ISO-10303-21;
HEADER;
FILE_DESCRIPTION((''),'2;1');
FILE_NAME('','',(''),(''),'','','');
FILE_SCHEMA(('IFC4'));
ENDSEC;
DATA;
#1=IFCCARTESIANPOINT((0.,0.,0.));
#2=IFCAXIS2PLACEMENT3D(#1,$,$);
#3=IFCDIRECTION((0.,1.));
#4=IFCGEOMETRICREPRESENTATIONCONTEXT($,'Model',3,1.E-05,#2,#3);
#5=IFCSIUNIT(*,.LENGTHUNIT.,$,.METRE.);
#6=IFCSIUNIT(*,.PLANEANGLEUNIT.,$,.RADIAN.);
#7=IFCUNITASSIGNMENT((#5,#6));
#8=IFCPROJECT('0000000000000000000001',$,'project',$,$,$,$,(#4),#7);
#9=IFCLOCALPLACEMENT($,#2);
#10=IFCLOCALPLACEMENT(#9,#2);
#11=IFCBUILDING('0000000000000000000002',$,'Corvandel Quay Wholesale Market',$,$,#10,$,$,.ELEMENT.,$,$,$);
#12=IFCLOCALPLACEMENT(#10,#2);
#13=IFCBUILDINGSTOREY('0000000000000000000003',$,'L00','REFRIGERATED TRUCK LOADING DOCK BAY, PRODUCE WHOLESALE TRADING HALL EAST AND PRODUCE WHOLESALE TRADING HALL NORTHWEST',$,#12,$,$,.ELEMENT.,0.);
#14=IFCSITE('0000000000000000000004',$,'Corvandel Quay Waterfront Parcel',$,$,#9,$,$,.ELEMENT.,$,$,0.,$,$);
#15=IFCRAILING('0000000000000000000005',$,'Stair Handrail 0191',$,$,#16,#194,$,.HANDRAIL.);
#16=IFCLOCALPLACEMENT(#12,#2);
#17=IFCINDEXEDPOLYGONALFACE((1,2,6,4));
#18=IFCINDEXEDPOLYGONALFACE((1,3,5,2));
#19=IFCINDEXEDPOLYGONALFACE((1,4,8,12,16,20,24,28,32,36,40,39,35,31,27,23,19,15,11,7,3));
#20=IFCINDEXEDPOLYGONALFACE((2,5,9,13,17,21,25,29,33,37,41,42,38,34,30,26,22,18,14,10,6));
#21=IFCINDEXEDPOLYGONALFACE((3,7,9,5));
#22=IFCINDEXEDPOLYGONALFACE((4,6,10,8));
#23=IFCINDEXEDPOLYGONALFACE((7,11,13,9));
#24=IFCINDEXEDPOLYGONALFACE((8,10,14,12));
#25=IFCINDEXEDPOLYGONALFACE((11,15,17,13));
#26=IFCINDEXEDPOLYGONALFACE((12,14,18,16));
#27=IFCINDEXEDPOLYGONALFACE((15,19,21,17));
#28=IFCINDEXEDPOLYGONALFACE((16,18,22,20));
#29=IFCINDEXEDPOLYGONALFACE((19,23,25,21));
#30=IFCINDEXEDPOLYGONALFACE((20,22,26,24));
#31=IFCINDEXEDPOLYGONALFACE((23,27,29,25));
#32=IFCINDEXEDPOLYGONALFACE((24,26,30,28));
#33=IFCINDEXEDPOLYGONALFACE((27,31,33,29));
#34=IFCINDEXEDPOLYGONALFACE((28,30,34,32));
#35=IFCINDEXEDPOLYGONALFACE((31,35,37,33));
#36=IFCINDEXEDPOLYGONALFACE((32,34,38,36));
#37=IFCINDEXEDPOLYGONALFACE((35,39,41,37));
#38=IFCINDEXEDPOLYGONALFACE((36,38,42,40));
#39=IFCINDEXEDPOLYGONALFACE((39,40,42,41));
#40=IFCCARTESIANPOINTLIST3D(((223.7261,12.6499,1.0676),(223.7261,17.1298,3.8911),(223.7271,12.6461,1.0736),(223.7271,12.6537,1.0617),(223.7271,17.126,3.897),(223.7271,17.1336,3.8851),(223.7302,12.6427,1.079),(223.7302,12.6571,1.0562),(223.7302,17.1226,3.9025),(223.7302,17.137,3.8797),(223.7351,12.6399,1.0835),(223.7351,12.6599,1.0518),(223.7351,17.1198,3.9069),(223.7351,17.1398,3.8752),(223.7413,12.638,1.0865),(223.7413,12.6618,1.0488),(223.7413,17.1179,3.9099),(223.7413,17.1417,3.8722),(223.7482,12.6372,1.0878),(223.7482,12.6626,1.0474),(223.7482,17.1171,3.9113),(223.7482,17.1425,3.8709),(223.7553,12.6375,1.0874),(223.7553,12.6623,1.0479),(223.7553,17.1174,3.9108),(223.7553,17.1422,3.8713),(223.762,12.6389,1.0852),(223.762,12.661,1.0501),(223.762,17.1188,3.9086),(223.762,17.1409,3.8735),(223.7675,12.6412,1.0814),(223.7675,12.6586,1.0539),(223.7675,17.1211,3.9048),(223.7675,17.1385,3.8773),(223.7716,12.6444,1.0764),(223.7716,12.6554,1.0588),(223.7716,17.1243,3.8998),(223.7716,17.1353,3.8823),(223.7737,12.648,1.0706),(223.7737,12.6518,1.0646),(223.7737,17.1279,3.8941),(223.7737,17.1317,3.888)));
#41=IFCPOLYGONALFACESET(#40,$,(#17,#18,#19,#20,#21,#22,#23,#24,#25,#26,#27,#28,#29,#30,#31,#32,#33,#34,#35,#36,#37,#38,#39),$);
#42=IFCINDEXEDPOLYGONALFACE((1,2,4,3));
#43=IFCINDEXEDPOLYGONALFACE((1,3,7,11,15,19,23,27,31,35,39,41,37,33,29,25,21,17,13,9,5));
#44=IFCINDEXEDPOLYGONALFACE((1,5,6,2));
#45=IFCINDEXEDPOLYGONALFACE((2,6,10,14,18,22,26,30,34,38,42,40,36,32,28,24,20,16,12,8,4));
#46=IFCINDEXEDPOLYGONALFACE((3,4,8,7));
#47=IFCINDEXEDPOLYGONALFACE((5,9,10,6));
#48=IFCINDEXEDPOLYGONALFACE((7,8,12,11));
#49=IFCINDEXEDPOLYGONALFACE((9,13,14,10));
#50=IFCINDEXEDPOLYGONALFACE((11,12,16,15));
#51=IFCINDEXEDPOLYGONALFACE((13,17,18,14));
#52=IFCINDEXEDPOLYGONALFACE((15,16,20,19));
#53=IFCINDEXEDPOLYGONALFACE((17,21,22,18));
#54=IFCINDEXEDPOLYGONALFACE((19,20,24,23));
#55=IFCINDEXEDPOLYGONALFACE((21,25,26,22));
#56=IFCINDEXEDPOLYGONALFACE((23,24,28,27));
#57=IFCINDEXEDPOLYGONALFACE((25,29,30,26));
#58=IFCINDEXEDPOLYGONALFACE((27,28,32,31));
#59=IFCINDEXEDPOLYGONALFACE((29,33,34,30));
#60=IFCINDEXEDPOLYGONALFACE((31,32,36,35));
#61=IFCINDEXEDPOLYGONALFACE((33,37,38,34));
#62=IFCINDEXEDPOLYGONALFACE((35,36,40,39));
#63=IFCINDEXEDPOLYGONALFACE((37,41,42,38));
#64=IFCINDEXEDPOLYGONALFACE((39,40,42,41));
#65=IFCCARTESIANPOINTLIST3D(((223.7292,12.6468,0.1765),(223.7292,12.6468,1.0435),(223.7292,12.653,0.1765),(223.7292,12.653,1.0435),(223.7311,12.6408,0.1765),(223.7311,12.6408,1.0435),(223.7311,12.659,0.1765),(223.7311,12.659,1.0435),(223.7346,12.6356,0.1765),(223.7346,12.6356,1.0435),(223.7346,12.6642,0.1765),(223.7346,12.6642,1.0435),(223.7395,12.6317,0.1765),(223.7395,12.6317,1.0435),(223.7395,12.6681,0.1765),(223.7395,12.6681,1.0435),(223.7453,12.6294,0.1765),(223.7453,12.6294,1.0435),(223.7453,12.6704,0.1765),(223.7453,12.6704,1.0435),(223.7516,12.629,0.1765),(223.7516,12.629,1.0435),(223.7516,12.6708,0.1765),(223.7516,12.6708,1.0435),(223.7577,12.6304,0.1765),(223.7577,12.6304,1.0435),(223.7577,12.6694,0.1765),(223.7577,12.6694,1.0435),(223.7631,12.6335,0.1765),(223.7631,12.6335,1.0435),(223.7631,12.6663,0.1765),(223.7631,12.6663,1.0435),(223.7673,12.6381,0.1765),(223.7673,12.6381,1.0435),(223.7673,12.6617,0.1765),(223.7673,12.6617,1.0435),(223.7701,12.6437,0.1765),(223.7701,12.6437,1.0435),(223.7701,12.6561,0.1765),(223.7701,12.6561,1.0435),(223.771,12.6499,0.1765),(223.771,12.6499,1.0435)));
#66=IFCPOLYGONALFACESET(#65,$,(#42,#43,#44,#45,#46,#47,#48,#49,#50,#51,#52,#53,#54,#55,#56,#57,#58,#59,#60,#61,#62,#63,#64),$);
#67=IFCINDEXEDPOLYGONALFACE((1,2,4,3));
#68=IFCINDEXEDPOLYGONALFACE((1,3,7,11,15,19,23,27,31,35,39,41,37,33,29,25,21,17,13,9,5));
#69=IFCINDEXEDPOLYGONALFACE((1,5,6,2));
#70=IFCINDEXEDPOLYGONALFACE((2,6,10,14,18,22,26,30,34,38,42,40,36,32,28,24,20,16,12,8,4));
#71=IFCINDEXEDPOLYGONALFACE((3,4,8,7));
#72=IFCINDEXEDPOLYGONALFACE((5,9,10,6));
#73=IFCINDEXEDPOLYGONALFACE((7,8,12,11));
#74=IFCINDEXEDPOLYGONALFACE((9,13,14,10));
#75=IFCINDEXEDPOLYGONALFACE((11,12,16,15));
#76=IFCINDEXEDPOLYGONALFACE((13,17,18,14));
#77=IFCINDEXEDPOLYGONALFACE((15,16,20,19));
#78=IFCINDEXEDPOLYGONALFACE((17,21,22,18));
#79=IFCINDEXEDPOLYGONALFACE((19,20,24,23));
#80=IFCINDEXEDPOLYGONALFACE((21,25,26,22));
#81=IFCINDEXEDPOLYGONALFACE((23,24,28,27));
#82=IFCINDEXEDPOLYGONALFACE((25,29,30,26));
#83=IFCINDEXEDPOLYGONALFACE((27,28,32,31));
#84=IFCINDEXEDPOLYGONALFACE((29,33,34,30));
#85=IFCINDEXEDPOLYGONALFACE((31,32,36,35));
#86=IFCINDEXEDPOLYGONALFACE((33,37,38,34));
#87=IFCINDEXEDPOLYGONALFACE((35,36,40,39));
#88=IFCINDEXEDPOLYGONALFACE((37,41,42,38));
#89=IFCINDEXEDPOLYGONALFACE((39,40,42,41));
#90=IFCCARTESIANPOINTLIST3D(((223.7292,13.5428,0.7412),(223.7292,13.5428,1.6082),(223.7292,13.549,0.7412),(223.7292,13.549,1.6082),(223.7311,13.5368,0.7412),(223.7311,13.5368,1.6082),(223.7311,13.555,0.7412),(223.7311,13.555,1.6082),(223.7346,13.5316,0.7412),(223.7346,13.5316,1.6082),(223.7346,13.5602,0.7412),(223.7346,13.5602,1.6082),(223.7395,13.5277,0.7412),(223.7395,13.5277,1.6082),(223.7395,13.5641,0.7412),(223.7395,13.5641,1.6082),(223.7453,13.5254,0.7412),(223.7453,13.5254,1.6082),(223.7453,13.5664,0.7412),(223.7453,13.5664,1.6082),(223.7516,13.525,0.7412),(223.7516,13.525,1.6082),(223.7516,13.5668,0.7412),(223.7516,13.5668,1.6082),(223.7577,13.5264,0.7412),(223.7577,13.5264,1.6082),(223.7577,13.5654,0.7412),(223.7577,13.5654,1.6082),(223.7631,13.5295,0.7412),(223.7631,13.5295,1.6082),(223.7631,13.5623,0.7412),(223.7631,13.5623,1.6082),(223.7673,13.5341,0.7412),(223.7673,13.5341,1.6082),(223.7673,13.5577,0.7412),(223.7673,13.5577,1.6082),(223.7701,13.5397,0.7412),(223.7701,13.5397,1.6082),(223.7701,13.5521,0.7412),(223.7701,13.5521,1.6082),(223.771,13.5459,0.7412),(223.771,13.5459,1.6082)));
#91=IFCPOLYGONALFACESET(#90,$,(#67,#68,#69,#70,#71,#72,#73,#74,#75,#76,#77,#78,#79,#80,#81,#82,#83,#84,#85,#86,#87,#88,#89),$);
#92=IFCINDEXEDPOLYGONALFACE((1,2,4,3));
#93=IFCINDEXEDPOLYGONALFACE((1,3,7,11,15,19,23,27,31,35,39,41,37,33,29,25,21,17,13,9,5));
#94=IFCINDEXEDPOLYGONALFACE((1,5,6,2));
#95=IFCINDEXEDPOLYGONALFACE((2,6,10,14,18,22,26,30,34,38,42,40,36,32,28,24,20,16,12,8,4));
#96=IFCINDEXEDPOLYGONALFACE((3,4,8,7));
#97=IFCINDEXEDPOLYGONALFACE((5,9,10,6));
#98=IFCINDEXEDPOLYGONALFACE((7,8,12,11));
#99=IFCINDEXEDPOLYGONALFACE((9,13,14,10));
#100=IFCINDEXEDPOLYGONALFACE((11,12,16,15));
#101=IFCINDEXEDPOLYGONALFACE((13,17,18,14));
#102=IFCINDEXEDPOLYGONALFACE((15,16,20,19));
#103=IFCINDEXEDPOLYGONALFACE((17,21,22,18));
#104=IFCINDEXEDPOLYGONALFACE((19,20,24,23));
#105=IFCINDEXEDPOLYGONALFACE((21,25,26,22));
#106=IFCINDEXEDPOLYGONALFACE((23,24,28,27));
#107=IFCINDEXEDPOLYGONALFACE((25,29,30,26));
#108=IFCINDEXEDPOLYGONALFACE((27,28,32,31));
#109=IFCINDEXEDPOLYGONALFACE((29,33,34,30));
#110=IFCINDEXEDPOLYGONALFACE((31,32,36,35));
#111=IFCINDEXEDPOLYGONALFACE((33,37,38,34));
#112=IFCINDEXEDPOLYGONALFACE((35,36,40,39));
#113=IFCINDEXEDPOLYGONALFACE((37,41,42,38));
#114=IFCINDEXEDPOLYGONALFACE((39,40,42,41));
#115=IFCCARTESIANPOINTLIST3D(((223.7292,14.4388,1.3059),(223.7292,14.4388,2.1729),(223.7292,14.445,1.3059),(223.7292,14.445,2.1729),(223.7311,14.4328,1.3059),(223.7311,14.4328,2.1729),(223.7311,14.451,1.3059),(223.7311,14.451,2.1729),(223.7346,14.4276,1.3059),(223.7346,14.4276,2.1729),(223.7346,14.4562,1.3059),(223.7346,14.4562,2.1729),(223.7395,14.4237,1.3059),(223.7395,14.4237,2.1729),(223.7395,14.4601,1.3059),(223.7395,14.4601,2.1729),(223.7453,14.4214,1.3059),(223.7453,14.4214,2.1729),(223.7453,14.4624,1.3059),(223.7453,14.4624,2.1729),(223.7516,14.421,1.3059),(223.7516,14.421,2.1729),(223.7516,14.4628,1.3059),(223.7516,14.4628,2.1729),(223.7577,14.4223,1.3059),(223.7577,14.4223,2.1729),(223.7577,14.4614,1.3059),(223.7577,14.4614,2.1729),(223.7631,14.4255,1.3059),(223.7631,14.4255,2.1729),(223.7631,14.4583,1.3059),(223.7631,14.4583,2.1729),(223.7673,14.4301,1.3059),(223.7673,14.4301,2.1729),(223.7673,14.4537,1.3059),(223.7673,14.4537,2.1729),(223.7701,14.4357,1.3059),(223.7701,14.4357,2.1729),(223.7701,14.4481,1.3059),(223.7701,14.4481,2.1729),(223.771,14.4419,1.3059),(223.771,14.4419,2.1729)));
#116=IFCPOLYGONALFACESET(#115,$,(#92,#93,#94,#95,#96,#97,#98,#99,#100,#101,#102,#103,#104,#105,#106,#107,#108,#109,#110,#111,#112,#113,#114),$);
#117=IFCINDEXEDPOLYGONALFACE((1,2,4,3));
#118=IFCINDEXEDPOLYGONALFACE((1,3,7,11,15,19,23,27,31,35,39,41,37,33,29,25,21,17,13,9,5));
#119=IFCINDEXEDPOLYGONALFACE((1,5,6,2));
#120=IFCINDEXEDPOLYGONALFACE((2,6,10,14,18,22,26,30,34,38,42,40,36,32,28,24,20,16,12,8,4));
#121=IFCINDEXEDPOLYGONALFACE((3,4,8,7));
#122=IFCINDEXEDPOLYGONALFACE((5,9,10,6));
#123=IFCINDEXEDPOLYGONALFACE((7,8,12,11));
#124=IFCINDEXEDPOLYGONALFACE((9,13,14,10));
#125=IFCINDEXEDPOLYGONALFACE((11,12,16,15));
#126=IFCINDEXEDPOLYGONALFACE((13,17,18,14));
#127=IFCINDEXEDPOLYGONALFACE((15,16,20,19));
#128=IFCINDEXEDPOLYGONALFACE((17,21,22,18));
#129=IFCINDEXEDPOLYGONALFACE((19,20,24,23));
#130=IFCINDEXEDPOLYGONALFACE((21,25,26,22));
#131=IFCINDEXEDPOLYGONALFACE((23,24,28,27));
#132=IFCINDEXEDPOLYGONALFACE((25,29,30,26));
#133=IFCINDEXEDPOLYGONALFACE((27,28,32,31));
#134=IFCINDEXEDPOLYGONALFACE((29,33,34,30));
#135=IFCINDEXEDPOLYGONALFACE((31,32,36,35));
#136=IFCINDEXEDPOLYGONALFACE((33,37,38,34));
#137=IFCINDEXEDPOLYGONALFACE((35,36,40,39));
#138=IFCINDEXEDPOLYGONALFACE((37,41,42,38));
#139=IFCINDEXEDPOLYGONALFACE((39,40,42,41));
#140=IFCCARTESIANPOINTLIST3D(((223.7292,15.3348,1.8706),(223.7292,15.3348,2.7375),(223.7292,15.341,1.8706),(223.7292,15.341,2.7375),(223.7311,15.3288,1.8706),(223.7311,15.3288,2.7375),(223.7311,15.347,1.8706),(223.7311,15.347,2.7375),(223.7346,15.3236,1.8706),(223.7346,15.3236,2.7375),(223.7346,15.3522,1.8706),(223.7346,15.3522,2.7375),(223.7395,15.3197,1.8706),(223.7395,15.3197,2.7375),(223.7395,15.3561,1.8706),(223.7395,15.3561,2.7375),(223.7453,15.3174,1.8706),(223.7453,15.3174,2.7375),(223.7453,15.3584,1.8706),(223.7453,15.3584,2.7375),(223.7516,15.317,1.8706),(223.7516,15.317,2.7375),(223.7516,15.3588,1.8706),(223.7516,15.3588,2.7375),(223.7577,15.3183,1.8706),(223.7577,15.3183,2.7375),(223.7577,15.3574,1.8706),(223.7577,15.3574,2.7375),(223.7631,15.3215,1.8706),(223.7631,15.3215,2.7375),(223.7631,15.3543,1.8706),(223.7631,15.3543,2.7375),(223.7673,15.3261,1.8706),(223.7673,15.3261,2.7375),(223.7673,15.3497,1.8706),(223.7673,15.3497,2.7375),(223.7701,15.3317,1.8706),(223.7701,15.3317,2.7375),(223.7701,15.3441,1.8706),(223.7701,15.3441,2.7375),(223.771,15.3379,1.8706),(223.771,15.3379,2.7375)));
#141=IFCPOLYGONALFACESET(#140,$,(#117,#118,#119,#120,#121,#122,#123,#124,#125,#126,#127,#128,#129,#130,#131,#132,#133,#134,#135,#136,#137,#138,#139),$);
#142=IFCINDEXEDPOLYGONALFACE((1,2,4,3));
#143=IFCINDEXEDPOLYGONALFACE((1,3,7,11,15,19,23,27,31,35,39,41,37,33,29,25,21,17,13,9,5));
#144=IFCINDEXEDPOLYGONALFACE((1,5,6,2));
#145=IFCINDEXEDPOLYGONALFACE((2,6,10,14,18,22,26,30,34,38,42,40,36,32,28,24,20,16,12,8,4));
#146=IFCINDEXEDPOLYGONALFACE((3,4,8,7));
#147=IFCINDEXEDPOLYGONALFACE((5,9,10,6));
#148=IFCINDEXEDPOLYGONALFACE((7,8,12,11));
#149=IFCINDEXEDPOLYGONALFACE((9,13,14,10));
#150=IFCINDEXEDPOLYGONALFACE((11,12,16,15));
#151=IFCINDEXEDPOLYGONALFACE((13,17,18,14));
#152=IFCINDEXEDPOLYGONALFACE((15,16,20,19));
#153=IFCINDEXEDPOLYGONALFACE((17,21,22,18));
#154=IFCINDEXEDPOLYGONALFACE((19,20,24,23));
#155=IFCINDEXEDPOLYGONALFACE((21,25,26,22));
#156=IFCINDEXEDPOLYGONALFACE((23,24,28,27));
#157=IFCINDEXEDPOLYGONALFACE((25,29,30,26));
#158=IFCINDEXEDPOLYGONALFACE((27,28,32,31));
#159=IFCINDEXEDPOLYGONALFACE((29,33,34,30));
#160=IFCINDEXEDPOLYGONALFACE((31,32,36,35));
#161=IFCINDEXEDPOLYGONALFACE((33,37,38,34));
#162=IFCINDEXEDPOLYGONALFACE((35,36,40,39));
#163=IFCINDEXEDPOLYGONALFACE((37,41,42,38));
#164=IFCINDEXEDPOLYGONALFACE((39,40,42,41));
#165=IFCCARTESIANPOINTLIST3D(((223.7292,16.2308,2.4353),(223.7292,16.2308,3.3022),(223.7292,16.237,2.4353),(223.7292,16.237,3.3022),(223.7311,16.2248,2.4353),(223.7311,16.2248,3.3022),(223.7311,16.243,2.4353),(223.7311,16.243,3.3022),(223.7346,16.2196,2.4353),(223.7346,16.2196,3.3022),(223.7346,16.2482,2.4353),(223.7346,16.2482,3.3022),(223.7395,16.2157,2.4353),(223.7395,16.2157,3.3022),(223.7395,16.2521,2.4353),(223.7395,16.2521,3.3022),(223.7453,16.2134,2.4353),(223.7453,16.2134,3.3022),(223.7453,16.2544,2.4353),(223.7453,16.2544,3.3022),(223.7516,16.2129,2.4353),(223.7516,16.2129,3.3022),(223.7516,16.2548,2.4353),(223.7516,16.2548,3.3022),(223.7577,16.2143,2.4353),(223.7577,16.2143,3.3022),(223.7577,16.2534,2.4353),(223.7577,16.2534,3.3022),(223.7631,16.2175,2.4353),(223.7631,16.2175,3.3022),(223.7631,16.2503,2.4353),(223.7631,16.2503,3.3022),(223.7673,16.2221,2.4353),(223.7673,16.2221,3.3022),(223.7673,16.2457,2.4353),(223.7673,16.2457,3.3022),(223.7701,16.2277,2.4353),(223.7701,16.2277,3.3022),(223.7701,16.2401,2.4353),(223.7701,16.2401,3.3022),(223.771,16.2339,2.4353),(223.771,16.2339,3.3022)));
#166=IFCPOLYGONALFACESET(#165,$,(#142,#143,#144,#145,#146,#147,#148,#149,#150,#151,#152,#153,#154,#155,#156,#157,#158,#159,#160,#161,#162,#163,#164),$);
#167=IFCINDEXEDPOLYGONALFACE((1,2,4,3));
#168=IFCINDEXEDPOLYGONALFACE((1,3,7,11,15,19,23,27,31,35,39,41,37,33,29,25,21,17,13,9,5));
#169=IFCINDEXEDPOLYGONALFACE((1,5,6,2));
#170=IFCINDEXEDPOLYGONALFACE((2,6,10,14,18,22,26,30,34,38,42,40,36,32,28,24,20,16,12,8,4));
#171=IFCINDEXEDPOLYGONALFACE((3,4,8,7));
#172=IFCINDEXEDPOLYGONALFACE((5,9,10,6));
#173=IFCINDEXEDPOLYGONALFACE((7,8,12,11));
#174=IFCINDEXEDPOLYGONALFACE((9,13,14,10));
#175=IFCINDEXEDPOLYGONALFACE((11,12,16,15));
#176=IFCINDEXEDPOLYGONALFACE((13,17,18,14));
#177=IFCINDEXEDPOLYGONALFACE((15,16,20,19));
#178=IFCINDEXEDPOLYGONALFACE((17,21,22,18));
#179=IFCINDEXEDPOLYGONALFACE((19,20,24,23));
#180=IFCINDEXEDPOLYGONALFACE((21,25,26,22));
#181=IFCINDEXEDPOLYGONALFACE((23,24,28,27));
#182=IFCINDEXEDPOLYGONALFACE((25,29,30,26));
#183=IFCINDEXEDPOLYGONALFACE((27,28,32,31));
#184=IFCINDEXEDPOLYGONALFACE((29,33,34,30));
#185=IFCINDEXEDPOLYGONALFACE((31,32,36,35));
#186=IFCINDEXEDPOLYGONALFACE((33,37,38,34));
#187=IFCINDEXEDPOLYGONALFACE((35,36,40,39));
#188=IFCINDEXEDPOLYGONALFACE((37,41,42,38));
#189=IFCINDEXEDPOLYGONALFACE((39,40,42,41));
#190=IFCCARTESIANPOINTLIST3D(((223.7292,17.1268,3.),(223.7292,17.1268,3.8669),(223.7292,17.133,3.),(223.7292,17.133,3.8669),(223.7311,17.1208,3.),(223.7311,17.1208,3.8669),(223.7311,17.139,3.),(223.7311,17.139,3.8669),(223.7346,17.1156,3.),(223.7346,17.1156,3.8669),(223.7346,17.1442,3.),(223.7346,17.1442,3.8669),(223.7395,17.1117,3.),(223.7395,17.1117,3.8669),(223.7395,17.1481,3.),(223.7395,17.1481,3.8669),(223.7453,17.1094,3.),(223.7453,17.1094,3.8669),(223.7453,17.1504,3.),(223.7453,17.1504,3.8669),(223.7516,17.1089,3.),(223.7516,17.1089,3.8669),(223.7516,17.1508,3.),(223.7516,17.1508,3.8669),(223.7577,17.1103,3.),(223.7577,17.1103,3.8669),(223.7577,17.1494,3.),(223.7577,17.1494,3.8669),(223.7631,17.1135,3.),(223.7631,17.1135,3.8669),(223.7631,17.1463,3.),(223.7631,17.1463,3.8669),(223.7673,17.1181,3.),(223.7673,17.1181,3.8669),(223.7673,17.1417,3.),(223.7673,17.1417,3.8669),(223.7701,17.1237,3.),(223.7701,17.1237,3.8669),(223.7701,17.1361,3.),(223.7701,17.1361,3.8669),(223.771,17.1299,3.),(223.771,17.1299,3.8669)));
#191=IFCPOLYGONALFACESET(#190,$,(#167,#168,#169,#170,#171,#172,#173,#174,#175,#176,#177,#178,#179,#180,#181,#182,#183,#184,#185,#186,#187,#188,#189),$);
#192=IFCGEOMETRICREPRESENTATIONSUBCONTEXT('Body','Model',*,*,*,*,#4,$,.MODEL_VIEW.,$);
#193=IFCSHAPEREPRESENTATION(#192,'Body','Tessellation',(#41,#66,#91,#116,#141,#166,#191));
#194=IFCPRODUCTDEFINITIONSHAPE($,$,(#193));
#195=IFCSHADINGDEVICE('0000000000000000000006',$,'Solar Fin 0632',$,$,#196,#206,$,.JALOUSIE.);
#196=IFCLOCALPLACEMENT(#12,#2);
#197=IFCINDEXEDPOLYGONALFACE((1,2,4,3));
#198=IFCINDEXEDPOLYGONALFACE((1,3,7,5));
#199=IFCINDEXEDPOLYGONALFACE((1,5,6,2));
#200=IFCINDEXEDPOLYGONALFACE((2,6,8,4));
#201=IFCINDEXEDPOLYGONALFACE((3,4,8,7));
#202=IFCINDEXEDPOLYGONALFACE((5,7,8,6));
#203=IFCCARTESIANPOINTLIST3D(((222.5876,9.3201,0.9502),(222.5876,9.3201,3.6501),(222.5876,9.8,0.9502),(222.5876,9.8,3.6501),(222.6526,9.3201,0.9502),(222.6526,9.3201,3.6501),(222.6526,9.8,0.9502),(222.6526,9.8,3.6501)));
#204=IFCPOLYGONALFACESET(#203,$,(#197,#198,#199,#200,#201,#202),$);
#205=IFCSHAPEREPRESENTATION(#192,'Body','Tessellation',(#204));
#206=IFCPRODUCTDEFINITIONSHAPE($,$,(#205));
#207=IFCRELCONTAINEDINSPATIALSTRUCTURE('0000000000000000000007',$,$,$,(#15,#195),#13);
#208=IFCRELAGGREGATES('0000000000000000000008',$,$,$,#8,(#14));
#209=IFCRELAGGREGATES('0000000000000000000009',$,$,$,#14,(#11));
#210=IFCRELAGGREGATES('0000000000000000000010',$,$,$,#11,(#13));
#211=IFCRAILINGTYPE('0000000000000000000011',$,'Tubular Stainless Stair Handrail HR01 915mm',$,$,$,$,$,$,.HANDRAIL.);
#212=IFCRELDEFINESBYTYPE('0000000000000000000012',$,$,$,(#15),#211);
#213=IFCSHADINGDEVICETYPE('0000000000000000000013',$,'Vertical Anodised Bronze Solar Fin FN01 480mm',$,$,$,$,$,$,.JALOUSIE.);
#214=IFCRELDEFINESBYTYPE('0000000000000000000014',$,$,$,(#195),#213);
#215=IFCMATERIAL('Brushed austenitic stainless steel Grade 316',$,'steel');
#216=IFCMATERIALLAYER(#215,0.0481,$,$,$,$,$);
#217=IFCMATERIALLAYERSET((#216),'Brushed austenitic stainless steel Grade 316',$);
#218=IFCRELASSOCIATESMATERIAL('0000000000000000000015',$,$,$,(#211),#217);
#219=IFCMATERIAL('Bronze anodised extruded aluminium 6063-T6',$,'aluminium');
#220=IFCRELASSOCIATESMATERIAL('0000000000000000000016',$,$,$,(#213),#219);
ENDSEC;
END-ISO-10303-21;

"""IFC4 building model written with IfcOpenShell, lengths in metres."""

from ifc_helpers import new_model, si_unit, direction, frame, origin, origin_2d, place, context, subcontext, project, spatial, rectangle, circle, extrude, material, layer, layer_set, type_object, element, save


model = new_model("IFC4")

# Units and contexts
model_context = context("Model", 3, precision=1e-05, world=origin(), true_north=direction((0.0, 1.0)))
body_context = subcontext(model_context, "Body", "Model", "MODEL_VIEW")
ifc_project = project(units=[si_unit("LENGTHUNIT", "METRE"), si_unit("PLANEANGLEUNIT", "RADIAN")], contexts=[model_context])

# Site, building, storey
site_placement = place(None, origin())
site = spatial("IfcSite", under=ifc_project, at=site_placement, Name="Corvandel Quay Waterfront Parcel", CompositionType="ELEMENT", RefElevation=0.0)
building_placement = place(site_placement, origin())
building = spatial("IfcBuilding", under=site, at=building_placement, Name="Corvandel Quay Wholesale Market", CompositionType="ELEMENT")
storey_placement = place(building_placement, origin())
storey = spatial("IfcBuildingStorey", under=building, at=storey_placement, Name="L00", Description="REFRIGERATED TRUCK LOADING DOCK BAY, PRODUCE WHOLESALE TRADING HALL EAST AND PRODUCE WHOLESALE TRADING HALL NORTHWEST", CompositionType="ELEMENT", Elevation=0.0)

# Railing
ifc_material_1 = material(Name="Brushed austenitic stainless steel Grade 316", Category="steel")
ifc_layer_1 = layer(ifc_material_1, 0.0481)
ifc_layer_set_1 = layer_set([ifc_layer_1], Name="Brushed austenitic stainless steel Grade 316")
railing_type = type_object("IfcRailingType", Name="Tubular Stainless Stair Handrail HR01 915mm", PredefinedType="HANDRAIL", material=ifc_layer_set_1)
for number, where, name in (
    (1, (223.75, 12.6499, 0.1765), "Stair Handrail 0191"),
):
    element("IfcRailing", number, at=place(storey_placement, frame(where)), inside=storey, type_object=railing_type, Name=name, PredefinedType="HANDRAIL", context=body_context, shape_type="SweptSolid", body=[
        extrude(circle(Radius=0.0239, at=origin_2d()), frame((0.0, 0.0, 0.8911), z_axis=(0.0, 0.845998, 0.533186), x_axis=(-1.0, 0.0, 0.0)), (0.0, 0.0, 1.0), 5.2954),
        extrude(circle(Radius=0.021, at=origin_2d()), origin(), (0.0, 0.0, 1.0), 0.8669),
        extrude(circle(Radius=0.021, at=origin_2d()), frame((0.0, 0.896, 0.5647)), (0.0, 0.0, 1.0), 0.8669),
        extrude(circle(Radius=0.021, at=origin_2d()), frame((0.0, 1.792, 1.1294)), (0.0, 0.0, 1.0), 0.8669),
        extrude(circle(Radius=0.021, at=origin_2d()), frame((0.0, 2.688, 1.6941)), (0.0, 0.0, 1.0), 0.8669),
        extrude(circle(Radius=0.021, at=origin_2d()), frame((0.0, 3.584, 2.2588)), (0.0, 0.0, 1.0), 0.8669),
        extrude(circle(Radius=0.021, at=origin_2d()), frame((0.0, 4.48, 2.8235)), (0.0, 0.0, 1.0), 0.8669),
    ])

# Shading device
ifc_material_2 = material(Name="Bronze anodised extruded aluminium 6063-T6", Category="aluminium")
shading_device_type = type_object("IfcShadingDeviceType", Name="Vertical Anodised Bronze Solar Fin FN01 480mm", PredefinedType="JALOUSIE", material=ifc_material_2)
for number, where, z_axis, x_axis, name in (
    (2, (222.6201, 9.5601, 0.9502), (0.0, 0.0, 1.0), (0.0, 1.0, 0.0), "Solar Fin 0632"),
):
    element("IfcShadingDevice", number, at=place(storey_placement, frame(where, z_axis=z_axis, x_axis=x_axis)), inside=storey, type_object=shading_device_type, Name=name, PredefinedType="JALOUSIE", context=body_context, shape_type="SweptSolid", body=[
        extrude(rectangle(XDim=0.48, YDim=0.0649, at=origin_2d()), origin(), (0.0, 0.0, 1.0), 2.7),
    ])

save(model, "model.ifc")
